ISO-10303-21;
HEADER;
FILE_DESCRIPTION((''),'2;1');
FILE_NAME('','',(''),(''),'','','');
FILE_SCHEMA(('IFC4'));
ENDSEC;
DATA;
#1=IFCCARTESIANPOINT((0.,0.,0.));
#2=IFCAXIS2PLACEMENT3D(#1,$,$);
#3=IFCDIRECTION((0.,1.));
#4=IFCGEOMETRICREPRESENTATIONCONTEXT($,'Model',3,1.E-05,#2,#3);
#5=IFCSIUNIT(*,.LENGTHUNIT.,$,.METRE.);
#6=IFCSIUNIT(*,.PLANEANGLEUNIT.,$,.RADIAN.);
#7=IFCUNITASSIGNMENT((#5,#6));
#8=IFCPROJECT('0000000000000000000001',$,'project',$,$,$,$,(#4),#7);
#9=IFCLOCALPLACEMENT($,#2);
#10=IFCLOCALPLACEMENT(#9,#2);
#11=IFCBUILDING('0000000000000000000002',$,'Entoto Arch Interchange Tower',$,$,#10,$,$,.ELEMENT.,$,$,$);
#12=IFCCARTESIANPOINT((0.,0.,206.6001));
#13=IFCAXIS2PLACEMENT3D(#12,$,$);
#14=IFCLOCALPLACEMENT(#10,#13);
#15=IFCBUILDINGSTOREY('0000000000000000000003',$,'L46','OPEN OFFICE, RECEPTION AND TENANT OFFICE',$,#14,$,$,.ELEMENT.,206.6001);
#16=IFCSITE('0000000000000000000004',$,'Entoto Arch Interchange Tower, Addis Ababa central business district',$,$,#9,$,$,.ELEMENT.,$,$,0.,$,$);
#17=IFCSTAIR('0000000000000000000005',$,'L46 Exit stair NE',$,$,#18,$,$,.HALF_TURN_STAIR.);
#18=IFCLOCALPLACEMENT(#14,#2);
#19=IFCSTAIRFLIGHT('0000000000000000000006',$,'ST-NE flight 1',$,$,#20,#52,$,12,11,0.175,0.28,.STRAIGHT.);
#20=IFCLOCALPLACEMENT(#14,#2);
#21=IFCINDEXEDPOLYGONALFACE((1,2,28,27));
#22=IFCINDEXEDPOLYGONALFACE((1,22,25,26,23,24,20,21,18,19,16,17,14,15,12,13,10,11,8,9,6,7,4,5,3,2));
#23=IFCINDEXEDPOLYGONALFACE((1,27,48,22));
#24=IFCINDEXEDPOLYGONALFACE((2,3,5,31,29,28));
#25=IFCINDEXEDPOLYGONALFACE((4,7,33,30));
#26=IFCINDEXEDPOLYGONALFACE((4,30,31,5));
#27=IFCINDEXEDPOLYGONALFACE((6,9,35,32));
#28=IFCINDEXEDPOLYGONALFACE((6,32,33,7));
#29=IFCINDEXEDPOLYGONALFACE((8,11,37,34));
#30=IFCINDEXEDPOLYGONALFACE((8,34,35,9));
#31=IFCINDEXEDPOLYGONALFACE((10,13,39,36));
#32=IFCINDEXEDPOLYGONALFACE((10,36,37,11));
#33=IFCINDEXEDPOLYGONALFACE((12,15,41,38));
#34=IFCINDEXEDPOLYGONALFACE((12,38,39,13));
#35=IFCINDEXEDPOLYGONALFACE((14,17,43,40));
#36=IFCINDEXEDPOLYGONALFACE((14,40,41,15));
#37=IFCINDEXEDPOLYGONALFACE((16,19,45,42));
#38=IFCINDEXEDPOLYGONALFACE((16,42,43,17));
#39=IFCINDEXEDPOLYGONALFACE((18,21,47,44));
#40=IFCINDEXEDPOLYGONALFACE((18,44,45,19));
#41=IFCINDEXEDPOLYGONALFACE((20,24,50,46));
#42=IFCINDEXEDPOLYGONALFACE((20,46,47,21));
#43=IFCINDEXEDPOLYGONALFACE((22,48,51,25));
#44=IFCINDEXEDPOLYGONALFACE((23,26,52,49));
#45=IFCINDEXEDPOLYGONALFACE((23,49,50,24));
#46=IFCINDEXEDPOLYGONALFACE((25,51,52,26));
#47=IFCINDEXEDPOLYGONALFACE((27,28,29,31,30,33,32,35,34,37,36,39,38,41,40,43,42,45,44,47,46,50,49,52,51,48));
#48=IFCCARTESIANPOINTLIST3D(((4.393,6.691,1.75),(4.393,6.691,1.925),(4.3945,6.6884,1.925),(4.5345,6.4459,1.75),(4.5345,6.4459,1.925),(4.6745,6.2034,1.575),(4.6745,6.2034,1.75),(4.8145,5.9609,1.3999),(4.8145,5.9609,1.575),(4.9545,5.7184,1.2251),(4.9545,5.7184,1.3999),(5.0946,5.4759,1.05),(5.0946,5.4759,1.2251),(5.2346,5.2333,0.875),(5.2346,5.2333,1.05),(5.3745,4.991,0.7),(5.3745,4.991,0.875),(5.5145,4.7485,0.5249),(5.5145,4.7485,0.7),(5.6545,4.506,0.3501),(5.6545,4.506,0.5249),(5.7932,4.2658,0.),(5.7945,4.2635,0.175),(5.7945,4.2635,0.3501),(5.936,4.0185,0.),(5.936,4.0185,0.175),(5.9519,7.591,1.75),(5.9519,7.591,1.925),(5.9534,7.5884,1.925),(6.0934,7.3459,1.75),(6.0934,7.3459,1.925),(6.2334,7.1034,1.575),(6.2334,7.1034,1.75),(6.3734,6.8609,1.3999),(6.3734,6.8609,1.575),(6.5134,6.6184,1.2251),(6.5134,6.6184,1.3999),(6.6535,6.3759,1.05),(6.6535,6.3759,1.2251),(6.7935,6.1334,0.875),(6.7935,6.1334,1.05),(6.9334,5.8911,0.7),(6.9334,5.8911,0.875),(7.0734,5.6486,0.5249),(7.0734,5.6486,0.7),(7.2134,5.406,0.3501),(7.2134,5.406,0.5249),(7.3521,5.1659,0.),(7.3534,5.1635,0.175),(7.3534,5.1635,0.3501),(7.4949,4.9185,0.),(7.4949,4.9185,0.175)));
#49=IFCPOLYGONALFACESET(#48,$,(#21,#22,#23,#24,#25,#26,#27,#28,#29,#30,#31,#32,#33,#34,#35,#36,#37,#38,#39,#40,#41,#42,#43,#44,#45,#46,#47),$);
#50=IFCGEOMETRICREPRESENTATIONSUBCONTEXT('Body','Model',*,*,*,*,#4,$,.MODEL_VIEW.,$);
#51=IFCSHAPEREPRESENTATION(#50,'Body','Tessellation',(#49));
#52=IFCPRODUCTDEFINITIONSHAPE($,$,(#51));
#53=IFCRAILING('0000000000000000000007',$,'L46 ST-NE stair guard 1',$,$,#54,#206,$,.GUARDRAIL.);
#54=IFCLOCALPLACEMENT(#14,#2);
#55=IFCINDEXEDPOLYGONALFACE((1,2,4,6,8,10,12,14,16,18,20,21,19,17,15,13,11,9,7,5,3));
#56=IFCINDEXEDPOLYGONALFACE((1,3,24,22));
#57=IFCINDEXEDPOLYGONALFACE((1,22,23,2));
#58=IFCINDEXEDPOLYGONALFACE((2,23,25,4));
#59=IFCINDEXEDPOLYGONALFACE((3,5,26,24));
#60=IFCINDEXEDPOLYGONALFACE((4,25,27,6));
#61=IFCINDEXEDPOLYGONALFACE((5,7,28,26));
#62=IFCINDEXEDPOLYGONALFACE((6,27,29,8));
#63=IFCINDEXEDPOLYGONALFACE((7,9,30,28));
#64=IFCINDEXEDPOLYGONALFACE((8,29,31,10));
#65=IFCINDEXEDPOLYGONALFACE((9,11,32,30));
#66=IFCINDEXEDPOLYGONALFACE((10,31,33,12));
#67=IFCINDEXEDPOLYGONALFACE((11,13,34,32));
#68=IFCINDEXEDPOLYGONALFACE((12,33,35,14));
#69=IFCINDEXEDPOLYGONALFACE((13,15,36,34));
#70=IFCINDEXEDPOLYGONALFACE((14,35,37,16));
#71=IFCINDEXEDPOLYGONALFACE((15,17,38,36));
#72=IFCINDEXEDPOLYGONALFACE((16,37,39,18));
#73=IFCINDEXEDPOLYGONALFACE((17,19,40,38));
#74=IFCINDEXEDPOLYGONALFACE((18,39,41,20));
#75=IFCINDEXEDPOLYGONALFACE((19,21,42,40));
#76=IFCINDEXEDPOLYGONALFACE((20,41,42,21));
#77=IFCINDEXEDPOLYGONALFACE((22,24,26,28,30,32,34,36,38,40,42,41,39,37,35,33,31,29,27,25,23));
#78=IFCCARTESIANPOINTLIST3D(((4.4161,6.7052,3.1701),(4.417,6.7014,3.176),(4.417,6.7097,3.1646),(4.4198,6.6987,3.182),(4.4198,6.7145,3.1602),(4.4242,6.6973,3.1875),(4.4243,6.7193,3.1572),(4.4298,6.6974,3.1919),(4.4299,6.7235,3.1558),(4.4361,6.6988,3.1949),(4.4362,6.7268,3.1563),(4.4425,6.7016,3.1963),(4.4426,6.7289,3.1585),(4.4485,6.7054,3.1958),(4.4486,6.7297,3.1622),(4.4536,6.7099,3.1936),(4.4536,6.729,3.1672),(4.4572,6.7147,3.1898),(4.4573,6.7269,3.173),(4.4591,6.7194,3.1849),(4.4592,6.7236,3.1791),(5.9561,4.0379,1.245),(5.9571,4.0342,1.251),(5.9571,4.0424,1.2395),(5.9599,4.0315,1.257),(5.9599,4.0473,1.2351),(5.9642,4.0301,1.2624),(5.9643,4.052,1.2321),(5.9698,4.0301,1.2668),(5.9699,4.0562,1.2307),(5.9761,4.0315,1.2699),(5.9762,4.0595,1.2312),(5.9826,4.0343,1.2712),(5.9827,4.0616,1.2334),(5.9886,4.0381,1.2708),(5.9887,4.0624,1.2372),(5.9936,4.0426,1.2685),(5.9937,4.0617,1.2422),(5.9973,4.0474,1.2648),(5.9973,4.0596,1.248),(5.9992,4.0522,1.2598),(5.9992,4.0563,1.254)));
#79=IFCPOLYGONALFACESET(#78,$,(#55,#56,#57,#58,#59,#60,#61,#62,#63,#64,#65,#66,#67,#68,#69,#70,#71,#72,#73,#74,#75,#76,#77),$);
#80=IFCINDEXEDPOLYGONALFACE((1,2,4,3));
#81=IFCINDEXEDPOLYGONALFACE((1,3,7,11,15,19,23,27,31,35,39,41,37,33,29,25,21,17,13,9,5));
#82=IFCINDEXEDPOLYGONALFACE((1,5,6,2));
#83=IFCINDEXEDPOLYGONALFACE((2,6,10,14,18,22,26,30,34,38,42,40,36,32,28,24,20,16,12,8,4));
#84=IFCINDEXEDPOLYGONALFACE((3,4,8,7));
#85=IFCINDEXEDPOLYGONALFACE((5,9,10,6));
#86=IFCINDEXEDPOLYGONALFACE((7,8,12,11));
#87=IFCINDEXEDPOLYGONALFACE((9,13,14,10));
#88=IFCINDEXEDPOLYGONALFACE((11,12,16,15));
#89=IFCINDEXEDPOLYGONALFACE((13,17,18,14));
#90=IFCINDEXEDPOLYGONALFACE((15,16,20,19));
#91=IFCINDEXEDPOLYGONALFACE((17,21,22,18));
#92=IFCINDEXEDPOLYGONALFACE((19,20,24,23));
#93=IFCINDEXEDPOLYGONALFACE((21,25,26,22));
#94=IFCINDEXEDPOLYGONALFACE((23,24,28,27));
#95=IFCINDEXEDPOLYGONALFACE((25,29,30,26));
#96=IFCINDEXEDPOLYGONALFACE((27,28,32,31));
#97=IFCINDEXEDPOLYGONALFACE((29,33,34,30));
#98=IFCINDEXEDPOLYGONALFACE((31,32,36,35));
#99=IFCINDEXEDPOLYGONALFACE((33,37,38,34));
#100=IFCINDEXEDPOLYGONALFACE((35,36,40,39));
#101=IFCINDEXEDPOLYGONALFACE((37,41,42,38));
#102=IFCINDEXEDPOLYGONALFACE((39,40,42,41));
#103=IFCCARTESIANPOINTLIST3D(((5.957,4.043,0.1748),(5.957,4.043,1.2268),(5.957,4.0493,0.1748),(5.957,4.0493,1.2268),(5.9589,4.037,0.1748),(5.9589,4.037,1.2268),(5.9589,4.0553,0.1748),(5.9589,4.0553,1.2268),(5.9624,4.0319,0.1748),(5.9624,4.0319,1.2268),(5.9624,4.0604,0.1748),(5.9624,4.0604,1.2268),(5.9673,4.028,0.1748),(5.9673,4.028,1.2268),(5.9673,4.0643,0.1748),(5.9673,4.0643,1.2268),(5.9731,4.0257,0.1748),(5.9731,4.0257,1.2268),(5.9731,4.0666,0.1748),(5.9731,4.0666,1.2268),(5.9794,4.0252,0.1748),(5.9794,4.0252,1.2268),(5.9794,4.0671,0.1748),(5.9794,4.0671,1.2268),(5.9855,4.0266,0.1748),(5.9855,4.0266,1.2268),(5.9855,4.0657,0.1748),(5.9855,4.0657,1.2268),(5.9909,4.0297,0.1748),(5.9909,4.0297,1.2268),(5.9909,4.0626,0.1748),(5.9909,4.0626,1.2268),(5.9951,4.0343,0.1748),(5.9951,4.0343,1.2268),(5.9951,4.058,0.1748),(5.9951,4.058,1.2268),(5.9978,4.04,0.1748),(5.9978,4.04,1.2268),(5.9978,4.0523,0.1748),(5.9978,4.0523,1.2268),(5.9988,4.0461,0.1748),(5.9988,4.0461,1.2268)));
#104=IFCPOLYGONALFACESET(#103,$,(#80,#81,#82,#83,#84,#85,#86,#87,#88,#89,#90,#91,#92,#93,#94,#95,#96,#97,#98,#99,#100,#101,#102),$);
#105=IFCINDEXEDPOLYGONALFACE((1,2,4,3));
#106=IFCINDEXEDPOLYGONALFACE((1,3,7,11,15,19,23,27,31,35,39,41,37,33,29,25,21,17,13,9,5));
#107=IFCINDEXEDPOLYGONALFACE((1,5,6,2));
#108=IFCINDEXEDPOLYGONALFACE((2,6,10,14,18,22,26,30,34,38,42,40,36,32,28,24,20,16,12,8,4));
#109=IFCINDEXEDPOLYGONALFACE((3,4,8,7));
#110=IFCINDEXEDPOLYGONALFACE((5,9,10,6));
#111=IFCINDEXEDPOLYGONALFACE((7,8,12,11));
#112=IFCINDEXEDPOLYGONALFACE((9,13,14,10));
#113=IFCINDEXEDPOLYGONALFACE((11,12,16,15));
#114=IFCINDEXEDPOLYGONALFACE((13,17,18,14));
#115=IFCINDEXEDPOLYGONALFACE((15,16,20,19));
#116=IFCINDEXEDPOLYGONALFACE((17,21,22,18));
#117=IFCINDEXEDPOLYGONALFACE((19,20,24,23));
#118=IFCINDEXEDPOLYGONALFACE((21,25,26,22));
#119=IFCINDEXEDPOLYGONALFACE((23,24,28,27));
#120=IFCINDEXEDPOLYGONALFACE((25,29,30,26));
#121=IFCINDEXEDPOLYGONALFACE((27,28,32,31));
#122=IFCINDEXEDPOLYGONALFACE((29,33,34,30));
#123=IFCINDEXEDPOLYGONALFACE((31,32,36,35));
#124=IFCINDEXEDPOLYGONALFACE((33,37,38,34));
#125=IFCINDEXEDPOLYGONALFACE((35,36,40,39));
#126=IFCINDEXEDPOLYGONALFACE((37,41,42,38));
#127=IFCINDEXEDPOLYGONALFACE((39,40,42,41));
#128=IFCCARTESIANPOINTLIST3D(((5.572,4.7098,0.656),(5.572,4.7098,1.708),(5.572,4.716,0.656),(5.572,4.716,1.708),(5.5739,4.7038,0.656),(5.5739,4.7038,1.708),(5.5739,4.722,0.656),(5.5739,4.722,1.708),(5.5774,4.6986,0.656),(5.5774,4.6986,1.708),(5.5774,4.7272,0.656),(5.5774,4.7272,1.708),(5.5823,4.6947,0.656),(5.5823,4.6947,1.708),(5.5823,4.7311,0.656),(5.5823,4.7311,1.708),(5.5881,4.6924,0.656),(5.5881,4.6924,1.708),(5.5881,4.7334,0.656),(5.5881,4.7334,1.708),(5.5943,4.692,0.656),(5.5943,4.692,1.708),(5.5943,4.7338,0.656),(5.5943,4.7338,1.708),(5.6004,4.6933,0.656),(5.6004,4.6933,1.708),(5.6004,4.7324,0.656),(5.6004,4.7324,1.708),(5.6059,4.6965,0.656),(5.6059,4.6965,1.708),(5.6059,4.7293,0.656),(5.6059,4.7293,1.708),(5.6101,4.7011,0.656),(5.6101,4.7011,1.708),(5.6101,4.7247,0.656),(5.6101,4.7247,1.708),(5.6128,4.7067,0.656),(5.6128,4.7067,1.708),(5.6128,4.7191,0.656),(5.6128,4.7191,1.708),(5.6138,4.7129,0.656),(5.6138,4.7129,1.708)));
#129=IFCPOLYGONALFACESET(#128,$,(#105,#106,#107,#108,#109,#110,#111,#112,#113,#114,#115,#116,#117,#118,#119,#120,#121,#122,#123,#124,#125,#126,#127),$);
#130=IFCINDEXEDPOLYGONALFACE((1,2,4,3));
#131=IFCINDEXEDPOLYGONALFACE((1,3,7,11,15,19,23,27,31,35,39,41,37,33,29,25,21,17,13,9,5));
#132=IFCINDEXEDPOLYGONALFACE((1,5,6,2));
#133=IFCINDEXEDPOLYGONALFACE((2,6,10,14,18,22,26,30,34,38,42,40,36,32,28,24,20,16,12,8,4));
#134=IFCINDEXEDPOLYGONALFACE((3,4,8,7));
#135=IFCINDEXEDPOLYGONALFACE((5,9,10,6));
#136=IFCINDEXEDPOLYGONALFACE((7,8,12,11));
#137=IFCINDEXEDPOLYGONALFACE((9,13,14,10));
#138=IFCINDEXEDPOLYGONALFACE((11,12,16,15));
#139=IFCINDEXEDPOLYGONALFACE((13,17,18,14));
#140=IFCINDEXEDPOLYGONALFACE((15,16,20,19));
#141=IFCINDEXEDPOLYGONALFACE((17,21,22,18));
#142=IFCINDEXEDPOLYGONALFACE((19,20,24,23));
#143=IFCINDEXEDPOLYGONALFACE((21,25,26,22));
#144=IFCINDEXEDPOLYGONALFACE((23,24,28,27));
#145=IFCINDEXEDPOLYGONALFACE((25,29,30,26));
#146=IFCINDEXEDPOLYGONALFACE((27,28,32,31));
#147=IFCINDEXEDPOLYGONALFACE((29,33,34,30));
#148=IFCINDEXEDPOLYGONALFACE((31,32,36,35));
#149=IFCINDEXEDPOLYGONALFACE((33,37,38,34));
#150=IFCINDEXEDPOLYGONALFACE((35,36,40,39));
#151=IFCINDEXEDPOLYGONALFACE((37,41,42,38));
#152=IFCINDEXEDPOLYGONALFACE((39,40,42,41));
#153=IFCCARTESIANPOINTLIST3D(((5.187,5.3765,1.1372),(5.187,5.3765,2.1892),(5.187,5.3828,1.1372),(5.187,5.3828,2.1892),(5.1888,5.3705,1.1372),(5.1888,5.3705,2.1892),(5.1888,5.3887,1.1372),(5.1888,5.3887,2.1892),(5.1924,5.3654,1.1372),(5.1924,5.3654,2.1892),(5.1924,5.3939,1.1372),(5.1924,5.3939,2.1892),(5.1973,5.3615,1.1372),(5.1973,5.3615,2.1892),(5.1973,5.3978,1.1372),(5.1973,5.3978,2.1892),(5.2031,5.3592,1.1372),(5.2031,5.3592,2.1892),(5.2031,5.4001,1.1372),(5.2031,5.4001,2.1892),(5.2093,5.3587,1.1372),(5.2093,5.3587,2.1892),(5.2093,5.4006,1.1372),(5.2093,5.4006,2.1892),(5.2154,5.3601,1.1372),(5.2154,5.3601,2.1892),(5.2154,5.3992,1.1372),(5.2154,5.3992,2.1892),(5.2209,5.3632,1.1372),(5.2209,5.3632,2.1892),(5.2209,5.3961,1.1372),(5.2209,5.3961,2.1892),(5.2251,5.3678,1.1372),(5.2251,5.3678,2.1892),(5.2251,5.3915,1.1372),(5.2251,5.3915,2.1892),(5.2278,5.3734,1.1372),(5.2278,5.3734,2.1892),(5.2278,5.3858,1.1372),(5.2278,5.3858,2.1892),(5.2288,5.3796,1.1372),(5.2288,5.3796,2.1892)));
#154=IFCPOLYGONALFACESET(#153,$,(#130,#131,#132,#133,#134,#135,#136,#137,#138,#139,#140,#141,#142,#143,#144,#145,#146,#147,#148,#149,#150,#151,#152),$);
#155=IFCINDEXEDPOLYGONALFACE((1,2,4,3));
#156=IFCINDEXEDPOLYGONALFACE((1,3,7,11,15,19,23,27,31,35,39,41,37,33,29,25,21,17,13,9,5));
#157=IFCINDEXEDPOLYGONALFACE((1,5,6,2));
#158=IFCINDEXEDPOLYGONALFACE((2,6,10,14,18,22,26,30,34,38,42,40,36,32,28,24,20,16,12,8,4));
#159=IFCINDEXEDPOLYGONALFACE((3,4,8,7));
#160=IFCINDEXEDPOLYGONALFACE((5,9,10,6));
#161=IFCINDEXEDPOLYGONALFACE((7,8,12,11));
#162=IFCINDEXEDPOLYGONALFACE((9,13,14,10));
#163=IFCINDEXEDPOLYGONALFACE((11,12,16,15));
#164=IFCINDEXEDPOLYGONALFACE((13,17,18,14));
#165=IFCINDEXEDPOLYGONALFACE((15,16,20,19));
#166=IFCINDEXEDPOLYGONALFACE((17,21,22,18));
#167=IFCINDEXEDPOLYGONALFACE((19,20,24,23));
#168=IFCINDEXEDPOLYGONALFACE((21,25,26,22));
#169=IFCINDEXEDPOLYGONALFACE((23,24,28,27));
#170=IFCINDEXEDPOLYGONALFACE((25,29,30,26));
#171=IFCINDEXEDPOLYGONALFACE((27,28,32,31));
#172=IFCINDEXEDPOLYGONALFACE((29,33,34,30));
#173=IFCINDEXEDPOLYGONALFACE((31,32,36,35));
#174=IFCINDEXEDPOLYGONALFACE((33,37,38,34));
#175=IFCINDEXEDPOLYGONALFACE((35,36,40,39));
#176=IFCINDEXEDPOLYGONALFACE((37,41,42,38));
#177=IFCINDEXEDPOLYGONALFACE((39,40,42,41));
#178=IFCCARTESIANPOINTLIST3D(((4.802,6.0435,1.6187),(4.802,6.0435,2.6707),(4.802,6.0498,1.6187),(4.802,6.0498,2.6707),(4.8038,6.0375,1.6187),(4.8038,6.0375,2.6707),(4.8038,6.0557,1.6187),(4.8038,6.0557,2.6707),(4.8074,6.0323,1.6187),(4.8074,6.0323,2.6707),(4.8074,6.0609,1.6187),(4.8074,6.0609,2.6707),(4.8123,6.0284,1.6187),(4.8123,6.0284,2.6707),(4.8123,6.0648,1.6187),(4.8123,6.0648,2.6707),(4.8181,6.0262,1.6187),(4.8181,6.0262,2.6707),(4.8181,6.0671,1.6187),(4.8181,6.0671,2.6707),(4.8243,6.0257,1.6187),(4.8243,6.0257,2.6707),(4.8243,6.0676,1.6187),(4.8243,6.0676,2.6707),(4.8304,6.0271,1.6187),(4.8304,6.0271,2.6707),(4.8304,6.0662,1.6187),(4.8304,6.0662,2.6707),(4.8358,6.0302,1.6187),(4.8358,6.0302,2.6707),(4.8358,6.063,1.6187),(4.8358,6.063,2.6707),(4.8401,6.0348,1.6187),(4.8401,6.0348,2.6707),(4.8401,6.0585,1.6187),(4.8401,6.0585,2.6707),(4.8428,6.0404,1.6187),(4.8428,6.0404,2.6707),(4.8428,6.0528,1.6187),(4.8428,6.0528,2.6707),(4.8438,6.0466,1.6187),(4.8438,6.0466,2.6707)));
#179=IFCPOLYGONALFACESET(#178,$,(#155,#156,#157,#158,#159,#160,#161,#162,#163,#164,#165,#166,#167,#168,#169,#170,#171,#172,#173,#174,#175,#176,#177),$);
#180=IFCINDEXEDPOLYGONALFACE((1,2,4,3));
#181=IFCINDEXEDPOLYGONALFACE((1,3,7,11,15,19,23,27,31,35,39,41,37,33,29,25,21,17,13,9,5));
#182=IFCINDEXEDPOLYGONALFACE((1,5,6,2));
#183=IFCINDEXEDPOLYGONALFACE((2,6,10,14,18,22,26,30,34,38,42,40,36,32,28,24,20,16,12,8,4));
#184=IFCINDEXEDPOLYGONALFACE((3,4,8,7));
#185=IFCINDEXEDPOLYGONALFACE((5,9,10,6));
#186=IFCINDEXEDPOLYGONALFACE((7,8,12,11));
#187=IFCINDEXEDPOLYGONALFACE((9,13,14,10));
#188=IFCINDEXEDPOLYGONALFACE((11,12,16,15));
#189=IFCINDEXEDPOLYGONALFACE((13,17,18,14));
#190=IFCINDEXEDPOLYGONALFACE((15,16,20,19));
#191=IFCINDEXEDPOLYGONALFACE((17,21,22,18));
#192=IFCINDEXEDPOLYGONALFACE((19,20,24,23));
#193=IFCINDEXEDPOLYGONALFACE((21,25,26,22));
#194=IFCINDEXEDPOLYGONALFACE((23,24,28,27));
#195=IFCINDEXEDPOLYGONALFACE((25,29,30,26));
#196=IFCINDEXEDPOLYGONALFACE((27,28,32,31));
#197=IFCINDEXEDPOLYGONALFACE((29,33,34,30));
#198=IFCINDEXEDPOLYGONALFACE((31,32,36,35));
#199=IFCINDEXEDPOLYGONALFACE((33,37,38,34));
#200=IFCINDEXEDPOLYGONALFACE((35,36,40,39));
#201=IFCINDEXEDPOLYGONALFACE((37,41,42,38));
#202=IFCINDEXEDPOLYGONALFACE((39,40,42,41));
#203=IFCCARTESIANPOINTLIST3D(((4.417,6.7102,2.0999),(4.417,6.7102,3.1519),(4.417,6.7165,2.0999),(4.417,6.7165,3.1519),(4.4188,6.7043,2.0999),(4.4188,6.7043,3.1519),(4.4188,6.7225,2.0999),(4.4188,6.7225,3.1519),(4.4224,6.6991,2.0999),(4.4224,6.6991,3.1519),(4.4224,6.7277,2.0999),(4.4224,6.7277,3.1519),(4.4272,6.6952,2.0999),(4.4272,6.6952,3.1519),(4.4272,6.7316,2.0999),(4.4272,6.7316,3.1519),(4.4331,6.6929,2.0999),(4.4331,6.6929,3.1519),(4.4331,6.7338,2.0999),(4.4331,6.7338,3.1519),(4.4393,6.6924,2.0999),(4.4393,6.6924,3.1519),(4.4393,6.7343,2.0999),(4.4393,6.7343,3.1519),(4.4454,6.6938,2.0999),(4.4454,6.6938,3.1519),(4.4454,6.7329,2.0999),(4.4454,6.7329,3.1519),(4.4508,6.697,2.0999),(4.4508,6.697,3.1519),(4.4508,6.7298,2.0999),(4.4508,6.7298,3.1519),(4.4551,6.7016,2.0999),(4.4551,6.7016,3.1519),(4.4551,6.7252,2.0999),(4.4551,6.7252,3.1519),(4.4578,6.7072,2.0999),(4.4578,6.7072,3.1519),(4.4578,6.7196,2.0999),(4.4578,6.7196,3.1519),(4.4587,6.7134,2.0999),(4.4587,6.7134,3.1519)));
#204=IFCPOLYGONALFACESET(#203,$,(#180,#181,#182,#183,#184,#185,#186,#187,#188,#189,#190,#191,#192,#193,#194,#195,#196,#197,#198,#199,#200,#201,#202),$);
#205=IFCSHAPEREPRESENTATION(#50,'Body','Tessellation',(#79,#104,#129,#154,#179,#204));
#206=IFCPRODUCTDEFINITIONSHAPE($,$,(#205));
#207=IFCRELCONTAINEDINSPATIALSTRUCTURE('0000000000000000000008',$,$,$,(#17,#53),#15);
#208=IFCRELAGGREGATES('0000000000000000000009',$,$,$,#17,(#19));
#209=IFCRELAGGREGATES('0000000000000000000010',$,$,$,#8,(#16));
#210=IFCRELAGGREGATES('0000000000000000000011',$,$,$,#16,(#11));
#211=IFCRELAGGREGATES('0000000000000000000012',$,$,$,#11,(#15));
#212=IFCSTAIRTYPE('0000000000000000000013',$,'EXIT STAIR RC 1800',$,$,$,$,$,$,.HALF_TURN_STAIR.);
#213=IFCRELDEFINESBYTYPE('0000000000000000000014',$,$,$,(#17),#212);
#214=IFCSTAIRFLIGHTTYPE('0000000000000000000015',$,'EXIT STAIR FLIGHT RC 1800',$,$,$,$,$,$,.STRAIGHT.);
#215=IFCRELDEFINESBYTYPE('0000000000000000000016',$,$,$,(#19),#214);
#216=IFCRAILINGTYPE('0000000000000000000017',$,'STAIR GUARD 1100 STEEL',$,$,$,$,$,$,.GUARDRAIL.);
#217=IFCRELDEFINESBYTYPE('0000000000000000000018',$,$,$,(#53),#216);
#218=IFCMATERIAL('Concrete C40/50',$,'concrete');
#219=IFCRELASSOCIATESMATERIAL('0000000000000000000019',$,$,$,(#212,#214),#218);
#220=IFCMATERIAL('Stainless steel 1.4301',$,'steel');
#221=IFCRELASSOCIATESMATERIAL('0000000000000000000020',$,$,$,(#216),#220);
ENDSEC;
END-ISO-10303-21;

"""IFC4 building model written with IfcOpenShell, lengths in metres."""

from ifc_helpers import new_model, si_unit, direction, frame, origin, origin_2d, place, context, subcontext, project, spatial, polyline, circle, outline, extrude, material, type_object, element, aggregate, save


model = new_model("IFC4")

# Units and contexts
model_context = context("Model", 3, precision=1e-05, world=origin(), true_north=direction((0.0, 1.0)))
body_context = subcontext(model_context, "Body", "Model", "MODEL_VIEW")
ifc_project = project(units=[si_unit("LENGTHUNIT", "METRE"), si_unit("PLANEANGLEUNIT", "RADIAN")], contexts=[model_context])

# Site, building, storey
site_placement = place(None, origin())
site = spatial("IfcSite", under=ifc_project, at=site_placement, Name="Entoto Arch Interchange Tower, Addis Ababa central business district", CompositionType="ELEMENT", RefElevation=0.0)
building_placement = place(site_placement, origin())
building = spatial("IfcBuilding", under=site, at=building_placement, Name="Entoto Arch Interchange Tower", CompositionType="ELEMENT")
storey_placement = place(building_placement, frame((0.0, 0.0, 206.6001)))
storey = spatial("IfcBuildingStorey", under=building, at=storey_placement, Name="L46", Description="OPEN OFFICE, RECEPTION AND TENANT OFFICE", CompositionType="ELEMENT", Elevation=206.6001)

# Shared definitions
ifc_material_1 = material(Name="Concrete C40/50", Category="concrete")

# Stair, stair flight
stair_type = type_object("IfcStairType", Name="EXIT STAIR RC 1800", PredefinedType="HALF_TURN_STAIR", material=ifc_material_1)
stair_placement = place(storey_placement, origin())
stair = element("IfcStair", 1, at=stair_placement, inside=storey, type_object=stair_type, Name="L46 Exit stair NE", PredefinedType="HALF_TURN_STAIR")
stair_flight_type = type_object("IfcStairFlightType", Name="EXIT STAIR FLIGHT RC 1800", PredefinedType="STRAIGHT", material=ifc_material_1)
stair_flight_placement = place(storey_placement, frame((6.7139, 4.4709, 0.0), z_axis=(0.0, 0.0, 1.0), x_axis=(-0.5, 0.866025, 0.0)))
stair_flight = element("IfcStairFlight", 2, at=stair_flight_placement, type_object=stair_flight_type, Name="ST-NE flight 1", NumberOfRisers=12, NumberOfTreads=11, PredefinedType="STRAIGHT", RiserHeight=0.175, TreadLength=0.28, context=body_context, shape_type="SweptSolid", body=[
    extrude(outline(polyline([(-0.0029, 0.0), (-0.0029, 0.175), (0.28, 0.175), (0.28, 0.3501), (0.5601, 0.3501), (0.5601, 0.5249), (0.8401, 0.5249), (0.8401, 0.7), (1.1201, 0.7), (1.1201, 0.875), (1.3999, 0.875), (1.3999, 1.05), (1.6799, 1.05), (1.6799, 1.2251), (1.96, 1.2251), (1.96, 1.3999), (2.24, 1.3999), (2.24, 1.575), (2.52, 1.575), (2.52, 1.75), (2.8, 1.75), (2.8, 1.925), (3.0801, 1.925), (3.083, 1.925), (3.083, 1.75), (0.2827, 0.0), (-0.0029, 0.0)])), frame((0.0, 0.8999, 0.0), z_axis=(0.0, -1.0, 0.0), x_axis=(1.0, 0.0, 0.0)), (0.0, 0.0, 1.0), 1.8),
])
aggregate(stair, [stair_flight])

# Railing
ifc_material_2 = material(Name="Stainless steel 1.4301", Category="steel")
railing_type_1 = type_object("IfcRailingType", Name="STAIR GUARD 1100 STEEL", PredefinedType="GUARDRAIL", material=ifc_material_2)
railing_1_placement = place(storey_placement, frame((5.9778, 4.0461, 0.1748)))
element("IfcRailing", 3, at=railing_1_placement, inside=storey, type_object=railing_type_1, Name="L46 ST-NE stair guard 1", PredefinedType="GUARDRAIL", context=body_context, shape_type="SweptSolid", body=[
    extrude(circle(Radius=0.0239, at=origin_2d()), frame((0.0, 0.0, 1.0762), z_axis=(-0.424015, 0.734364, 0.530019), x_axis=(-0.86601, -0.500027, 0.0)), (0.0, 0.0, 1.0), 3.6321),
    extrude(circle(Radius=0.021, at=origin_2d()), origin(), (0.0, 0.0, 1.0), 1.052),
    extrude(circle(Radius=0.021, at=origin_2d()), frame((-0.385, 0.6667, 0.4812)), (0.0, 0.0, 1.0), 1.052),
    extrude(circle(Radius=0.021, at=origin_2d()), frame((-0.77, 1.3335, 0.9624)), (0.0, 0.0, 1.0), 1.052),
    extrude(circle(Radius=0.021, at=origin_2d()), frame((-1.155, 2.0005, 1.4438)), (0.0, 0.0, 1.0), 1.052),
    extrude(circle(Radius=0.021, at=origin_2d()), frame((-1.54, 2.6672, 1.925)), (0.0, 0.0, 1.0), 1.052),
])

save(model, "model.ifc")
